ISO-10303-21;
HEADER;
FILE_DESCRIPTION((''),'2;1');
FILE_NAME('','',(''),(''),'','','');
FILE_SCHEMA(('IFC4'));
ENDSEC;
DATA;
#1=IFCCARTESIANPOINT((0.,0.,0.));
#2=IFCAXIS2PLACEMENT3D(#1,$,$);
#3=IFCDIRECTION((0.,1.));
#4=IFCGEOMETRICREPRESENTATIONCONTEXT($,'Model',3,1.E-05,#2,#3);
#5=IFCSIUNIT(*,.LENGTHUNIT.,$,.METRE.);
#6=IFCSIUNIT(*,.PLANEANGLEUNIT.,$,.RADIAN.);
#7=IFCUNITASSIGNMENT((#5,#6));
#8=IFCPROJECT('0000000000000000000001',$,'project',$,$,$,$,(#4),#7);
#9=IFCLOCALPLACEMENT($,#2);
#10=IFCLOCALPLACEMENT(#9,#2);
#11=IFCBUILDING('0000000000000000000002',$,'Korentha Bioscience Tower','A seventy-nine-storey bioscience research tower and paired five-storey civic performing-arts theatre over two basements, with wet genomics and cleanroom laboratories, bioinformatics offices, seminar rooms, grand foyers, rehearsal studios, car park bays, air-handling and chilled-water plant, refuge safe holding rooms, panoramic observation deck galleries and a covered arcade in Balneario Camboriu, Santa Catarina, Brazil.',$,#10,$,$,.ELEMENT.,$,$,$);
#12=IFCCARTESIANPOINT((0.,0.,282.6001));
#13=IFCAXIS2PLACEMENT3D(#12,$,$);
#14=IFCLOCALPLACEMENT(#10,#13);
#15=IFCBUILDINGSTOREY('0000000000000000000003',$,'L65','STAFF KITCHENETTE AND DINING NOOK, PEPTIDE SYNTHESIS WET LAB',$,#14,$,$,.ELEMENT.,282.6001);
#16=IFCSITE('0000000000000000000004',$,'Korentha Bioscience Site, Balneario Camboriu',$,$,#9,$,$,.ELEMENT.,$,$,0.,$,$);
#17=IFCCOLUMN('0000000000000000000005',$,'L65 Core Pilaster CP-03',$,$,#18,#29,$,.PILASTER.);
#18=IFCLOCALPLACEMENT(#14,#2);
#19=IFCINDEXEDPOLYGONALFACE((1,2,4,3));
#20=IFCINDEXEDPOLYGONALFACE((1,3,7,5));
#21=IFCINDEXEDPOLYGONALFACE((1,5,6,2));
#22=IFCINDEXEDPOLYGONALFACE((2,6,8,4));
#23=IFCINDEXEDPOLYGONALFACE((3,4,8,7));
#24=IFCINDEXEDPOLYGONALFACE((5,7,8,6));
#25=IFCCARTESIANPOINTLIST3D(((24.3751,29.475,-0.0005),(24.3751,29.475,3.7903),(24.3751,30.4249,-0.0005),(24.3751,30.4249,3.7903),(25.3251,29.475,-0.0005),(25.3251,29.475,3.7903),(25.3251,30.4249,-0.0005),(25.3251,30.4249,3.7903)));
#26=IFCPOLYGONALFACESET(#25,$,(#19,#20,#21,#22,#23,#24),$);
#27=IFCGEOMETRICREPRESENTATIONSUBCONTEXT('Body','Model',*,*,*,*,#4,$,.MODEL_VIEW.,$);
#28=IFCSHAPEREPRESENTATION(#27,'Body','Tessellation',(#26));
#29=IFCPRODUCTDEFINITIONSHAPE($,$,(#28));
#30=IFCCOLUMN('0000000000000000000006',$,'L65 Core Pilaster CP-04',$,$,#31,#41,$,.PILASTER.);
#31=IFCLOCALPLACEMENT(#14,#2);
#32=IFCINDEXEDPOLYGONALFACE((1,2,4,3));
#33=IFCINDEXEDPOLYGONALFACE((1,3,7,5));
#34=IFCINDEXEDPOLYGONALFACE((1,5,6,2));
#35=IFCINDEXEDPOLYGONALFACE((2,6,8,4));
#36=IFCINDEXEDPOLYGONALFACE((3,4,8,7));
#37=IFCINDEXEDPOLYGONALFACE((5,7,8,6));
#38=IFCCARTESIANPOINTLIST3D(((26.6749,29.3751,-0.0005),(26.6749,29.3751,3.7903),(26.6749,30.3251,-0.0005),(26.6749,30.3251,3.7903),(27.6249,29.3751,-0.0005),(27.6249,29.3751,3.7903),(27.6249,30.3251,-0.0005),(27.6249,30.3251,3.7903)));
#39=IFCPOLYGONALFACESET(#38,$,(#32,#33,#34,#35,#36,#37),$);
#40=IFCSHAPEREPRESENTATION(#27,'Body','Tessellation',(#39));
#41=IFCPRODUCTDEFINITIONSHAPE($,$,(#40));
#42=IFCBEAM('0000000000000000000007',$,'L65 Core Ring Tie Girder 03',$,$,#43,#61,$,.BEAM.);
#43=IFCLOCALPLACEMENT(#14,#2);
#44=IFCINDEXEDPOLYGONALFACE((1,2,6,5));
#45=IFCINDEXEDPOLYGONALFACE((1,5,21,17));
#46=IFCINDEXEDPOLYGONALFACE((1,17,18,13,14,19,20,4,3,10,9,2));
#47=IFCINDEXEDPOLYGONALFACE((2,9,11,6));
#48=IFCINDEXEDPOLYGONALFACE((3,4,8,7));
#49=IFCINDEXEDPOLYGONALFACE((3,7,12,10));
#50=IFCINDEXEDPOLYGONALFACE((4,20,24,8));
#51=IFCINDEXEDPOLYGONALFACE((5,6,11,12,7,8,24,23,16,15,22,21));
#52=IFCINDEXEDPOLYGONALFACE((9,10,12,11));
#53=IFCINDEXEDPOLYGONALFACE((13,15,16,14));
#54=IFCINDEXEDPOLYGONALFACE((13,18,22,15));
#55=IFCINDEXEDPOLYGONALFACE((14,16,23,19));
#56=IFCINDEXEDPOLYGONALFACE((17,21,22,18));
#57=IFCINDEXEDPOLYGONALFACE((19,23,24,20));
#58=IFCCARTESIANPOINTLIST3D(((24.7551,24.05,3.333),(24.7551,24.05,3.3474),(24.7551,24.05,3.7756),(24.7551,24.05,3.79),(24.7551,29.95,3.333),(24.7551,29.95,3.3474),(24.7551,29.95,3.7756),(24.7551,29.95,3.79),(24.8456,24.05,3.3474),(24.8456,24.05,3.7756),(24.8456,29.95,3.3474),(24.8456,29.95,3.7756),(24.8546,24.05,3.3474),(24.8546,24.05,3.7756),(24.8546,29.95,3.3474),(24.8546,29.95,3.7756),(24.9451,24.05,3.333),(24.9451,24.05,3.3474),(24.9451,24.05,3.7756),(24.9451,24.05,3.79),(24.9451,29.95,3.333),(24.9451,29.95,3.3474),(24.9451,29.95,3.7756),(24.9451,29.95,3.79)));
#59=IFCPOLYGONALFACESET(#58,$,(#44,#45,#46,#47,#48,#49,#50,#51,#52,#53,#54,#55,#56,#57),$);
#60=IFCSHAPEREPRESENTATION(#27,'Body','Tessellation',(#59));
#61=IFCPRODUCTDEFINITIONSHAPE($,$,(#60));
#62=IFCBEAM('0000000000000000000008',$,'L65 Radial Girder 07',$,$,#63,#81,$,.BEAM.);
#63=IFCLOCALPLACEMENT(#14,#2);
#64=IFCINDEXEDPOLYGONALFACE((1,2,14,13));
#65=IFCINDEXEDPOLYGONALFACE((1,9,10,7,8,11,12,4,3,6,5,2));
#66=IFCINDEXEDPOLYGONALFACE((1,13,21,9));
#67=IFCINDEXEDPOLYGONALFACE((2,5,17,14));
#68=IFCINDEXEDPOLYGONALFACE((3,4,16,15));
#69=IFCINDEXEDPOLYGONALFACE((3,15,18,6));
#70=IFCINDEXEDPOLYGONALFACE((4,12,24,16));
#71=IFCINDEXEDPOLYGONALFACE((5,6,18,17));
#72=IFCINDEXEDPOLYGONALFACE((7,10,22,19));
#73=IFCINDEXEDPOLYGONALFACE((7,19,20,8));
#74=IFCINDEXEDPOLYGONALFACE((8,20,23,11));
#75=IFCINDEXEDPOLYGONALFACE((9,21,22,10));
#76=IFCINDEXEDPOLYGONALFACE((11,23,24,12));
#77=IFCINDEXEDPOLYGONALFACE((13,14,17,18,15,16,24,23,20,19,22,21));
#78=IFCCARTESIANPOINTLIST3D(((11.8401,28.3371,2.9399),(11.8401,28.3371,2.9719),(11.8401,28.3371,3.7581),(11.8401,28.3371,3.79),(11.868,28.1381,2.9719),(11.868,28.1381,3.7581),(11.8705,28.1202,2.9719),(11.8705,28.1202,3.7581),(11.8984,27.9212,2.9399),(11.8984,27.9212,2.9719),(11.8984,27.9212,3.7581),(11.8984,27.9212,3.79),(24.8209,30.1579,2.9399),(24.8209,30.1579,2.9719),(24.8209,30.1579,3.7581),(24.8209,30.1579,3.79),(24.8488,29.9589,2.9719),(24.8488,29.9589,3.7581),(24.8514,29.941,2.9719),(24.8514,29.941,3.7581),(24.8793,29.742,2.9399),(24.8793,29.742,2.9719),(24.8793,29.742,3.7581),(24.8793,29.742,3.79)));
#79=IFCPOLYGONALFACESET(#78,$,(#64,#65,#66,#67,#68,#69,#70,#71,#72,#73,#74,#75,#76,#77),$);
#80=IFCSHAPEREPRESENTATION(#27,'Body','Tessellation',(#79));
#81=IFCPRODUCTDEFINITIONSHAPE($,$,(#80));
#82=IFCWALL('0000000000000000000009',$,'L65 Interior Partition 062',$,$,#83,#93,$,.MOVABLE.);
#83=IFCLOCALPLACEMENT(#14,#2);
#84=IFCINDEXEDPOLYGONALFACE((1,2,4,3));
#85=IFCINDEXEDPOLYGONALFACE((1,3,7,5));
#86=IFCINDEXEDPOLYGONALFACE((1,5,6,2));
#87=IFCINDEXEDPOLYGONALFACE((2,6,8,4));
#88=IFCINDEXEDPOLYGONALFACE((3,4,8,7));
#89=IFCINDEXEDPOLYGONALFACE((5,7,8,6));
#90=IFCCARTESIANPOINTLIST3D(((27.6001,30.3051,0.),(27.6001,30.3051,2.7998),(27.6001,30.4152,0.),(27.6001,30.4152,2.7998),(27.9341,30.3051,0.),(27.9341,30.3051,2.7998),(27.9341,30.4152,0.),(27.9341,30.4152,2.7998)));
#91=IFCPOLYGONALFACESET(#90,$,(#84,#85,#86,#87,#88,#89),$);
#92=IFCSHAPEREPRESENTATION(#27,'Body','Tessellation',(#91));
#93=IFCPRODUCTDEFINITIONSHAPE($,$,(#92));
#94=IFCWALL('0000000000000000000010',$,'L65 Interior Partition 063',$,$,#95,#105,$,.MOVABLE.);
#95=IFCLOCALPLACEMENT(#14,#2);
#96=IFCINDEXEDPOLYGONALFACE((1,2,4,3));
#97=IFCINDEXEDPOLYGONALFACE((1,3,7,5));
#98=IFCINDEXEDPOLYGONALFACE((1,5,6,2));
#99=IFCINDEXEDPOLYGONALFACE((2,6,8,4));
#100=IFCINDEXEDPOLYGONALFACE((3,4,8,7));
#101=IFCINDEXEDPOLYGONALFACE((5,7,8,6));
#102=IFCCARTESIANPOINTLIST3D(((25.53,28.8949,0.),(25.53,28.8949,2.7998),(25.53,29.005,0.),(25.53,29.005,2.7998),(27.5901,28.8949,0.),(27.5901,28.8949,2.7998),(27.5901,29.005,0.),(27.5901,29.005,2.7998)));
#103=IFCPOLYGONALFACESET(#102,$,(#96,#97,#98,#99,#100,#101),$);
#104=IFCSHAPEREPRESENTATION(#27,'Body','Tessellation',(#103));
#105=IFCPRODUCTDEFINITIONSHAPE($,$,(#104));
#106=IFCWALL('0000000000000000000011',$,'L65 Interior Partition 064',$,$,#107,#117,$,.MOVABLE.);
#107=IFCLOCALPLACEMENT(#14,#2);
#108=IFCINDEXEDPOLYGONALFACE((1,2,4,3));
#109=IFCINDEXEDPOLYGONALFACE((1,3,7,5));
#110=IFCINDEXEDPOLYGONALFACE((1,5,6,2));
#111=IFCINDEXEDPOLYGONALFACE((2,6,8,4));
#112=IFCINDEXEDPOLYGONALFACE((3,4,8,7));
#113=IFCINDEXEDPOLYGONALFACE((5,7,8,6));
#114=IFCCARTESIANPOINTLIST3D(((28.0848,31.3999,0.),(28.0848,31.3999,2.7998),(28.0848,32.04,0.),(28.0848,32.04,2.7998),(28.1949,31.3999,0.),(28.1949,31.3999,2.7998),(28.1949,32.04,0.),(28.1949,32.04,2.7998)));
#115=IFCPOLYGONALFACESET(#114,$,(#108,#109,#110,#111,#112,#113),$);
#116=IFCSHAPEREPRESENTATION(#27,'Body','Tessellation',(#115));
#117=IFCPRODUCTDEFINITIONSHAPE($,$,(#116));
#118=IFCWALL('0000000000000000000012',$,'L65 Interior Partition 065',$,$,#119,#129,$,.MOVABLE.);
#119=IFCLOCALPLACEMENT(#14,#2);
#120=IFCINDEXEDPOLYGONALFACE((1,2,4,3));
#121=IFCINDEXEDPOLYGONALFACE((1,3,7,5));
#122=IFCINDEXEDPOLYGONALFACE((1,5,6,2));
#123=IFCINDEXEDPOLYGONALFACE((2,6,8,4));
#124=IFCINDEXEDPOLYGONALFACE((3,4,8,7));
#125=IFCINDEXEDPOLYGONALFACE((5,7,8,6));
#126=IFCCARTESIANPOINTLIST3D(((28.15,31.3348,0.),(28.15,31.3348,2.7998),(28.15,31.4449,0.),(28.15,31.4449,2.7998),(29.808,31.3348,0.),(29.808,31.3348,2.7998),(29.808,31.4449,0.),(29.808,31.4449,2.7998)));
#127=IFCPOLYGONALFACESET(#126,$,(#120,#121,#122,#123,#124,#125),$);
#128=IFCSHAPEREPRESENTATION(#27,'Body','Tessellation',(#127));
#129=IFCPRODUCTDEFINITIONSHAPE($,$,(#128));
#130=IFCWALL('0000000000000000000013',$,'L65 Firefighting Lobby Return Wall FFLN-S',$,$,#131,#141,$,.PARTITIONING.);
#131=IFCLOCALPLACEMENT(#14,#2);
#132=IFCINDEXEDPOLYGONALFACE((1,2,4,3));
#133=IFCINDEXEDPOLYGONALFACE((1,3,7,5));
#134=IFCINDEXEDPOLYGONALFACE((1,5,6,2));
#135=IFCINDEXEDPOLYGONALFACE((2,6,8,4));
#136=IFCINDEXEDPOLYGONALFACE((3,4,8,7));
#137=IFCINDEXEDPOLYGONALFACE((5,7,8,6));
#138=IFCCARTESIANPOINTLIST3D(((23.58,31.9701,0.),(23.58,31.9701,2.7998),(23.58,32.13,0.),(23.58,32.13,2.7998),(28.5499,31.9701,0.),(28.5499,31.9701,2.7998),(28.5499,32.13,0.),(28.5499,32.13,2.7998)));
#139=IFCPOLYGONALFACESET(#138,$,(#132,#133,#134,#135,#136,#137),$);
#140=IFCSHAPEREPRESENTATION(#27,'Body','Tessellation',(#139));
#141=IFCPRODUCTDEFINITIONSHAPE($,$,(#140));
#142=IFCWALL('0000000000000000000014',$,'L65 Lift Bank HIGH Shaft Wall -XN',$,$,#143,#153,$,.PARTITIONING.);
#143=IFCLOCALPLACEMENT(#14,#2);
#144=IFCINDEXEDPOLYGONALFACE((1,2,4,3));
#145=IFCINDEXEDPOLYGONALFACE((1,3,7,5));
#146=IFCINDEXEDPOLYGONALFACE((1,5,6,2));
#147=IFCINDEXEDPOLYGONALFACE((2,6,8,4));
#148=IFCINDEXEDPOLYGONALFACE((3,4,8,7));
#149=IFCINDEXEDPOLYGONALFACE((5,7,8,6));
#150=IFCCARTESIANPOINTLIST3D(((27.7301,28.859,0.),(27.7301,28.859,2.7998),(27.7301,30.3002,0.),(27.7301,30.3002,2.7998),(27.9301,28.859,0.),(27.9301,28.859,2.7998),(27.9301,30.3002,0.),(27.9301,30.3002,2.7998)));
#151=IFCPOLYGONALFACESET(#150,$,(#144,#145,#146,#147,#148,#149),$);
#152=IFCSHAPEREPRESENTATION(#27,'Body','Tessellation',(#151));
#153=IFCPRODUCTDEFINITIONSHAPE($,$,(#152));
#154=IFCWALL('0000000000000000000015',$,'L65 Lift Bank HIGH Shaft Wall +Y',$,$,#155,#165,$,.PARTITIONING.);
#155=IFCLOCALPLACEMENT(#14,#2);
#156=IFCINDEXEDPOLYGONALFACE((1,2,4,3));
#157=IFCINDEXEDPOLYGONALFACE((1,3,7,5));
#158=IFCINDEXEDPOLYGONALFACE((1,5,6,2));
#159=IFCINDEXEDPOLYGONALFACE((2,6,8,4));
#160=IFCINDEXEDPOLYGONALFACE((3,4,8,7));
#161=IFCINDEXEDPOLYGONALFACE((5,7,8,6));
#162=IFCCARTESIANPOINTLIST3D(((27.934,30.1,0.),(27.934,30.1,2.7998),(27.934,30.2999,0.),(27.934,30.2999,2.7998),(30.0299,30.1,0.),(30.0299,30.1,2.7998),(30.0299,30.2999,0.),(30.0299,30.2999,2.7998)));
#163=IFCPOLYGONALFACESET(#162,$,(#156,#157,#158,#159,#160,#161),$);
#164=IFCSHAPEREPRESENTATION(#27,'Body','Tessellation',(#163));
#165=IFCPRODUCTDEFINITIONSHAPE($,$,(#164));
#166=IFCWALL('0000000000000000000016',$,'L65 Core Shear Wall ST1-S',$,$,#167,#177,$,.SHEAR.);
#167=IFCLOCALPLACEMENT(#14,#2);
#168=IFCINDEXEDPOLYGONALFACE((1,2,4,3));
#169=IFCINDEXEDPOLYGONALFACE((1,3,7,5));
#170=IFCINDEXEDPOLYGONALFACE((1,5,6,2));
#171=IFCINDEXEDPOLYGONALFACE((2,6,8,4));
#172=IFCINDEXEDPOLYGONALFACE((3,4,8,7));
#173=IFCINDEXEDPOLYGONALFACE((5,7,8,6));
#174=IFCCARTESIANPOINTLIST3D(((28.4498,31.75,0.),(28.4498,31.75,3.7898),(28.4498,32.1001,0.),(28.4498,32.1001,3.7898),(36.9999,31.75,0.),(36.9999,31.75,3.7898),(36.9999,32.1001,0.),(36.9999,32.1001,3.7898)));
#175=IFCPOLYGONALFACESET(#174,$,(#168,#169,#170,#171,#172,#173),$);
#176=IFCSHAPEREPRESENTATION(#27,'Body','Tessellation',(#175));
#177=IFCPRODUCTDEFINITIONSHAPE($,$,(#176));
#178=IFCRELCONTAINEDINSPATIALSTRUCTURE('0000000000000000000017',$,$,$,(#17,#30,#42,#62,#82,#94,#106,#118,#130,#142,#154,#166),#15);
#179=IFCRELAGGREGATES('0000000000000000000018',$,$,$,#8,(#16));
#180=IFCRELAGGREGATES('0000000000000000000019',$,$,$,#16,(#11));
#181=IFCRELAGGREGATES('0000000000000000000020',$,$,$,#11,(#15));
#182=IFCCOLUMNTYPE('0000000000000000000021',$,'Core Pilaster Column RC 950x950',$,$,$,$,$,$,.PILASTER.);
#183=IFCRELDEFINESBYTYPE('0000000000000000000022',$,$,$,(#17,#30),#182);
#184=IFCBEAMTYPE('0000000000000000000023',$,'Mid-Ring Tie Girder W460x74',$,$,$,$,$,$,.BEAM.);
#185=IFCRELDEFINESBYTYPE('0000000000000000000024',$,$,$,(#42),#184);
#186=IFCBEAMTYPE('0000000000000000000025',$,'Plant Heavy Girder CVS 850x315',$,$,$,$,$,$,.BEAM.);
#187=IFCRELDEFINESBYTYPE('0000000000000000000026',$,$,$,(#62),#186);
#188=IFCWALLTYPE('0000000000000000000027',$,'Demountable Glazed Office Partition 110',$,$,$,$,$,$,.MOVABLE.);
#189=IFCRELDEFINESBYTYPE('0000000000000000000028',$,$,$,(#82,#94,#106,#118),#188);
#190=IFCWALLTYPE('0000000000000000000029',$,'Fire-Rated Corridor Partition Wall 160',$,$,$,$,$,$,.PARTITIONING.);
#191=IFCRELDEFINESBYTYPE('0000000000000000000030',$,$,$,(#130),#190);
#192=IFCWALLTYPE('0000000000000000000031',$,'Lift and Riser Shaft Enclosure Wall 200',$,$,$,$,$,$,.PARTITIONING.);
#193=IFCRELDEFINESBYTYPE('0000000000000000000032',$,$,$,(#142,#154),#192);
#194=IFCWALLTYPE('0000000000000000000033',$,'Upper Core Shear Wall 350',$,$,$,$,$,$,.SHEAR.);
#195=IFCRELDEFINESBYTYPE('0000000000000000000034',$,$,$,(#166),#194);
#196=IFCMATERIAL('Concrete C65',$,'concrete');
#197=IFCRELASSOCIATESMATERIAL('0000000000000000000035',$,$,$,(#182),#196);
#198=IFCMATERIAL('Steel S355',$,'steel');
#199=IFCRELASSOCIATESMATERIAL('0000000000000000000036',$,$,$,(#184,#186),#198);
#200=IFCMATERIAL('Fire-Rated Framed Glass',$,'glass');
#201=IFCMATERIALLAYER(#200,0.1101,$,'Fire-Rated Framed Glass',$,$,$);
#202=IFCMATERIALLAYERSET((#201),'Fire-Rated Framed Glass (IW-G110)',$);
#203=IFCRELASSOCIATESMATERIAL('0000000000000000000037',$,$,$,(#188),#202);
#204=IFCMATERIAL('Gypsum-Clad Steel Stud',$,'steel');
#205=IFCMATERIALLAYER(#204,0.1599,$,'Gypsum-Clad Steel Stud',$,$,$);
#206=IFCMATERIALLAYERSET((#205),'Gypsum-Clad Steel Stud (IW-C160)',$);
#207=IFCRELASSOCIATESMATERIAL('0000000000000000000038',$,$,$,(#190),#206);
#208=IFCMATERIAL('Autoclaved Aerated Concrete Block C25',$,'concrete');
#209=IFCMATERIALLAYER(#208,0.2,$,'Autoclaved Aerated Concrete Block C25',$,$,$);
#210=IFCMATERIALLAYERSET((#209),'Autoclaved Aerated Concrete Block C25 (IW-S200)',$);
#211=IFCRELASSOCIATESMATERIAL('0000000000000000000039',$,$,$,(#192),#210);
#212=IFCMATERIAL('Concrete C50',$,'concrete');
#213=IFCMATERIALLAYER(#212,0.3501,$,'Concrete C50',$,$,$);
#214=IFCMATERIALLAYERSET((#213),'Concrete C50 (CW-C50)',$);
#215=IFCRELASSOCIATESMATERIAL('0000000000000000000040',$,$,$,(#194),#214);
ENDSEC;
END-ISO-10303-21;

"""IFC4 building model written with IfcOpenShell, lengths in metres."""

from ifc_helpers import new_model, si_unit, direction, frame, frame_2d, origin, origin_2d, place, context, subcontext, project, spatial, rectangle, i_section, extrude, material, layer, layer_set, material_profile, profile_set, type_object, element, save


model = new_model("IFC4")

# Units and contexts
model_context = context("Model", 3, precision=1e-05, world=origin(), true_north=direction((0.0, 1.0)))
body_context = subcontext(model_context, "Body", "Model", "MODEL_VIEW")
ifc_project = project(units=[si_unit("LENGTHUNIT", "METRE"), si_unit("PLANEANGLEUNIT", "RADIAN")], contexts=[model_context])

# Site, building, storey
site_placement = place(None, origin())
site = spatial("IfcSite", under=ifc_project, at=site_placement, Name="Korentha Bioscience Site, Balneario Camboriu", CompositionType="ELEMENT", RefElevation=0.0)
building_placement = place(site_placement, origin())
building = spatial("IfcBuilding", under=site, at=building_placement, Name="Korentha Bioscience Tower", Description="A seventy-nine-storey bioscience research tower and paired five-storey civic performing-arts theatre over two basements, with wet genomics and cleanroom laboratories, bioinformatics offices, seminar rooms, grand foyers, rehearsal studios, car park bays, air-handling and chilled-water plant, refuge safe holding rooms, panoramic observation deck galleries and a covered arcade in Balneario Camboriu, Santa Catarina, Brazil.", CompositionType="ELEMENT")
storey_placement = place(building_placement, frame((0.0, 0.0, 282.6001)))
storey = spatial("IfcBuildingStorey", under=building, at=storey_placement, Name="L65", Description="STAFF KITCHENETTE AND DINING NOOK, PEPTIDE SYNTHESIS WET LAB", CompositionType="ELEMENT", Elevation=282.6001)

# Columns
ifc_material_1 = material(Name="Concrete C65", Category="concrete")
ifc_material_profile_1 = material_profile(ifc_material_1, rectangle(XDim=0.95, YDim=0.95, at=origin_2d()), Name="Concrete C65")
ifc_profile_set_1 = profile_set([ifc_material_profile_1], Name="Concrete C65 (COL-CP09)")
column_type = type_object("IfcColumnType", Name="Core Pilaster Column RC 950x950", PredefinedType="PILASTER", material=ifc_profile_set_1)
for number, where, z_axis, x_axis, name in (
    (1, (24.8501, 29.95, -0.0005), (0.0, 0.0, 1.0), (1.0, 0.0, 0.0), "L65 Core Pilaster CP-03"),
    (2, (27.1499, 29.8501, -0.0005), (0.0, 0.0, 1.0), (1.0, 0.0, 0.0), "L65 Core Pilaster CP-04"),
):
    element("IfcColumn", number, at=place(storey_placement, frame(where, z_axis=z_axis, x_axis=x_axis)), inside=storey, type_object=column_type, Name=name, PredefinedType="PILASTER", context=body_context, shape_type="SweptSolid", body=[
        extrude(rectangle(XDim=0.95, YDim=0.95, at=origin_2d()), origin(), (0.0, 0.0, 1.0), 3.7908),
    ])

# Beams
ifc_material_2 = material(Name="Steel S355", Category="steel")
ifc_material_profile_2 = material_profile(ifc_material_2, i_section(OverallWidth=0.1899, OverallDepth=0.457, WebThickness=0.009, FlangeThickness=0.0144, at=origin_2d()), Name="Steel S355")
ifc_profile_set_2 = profile_set([ifc_material_profile_2], Name="Steel S355 (MB-460)")
beam_type_1 = type_object("IfcBeamType", Name="Mid-Ring Tie Girder W460x74", PredefinedType="BEAM", material=ifc_profile_set_2)
beam_1_placement = place(storey_placement, frame((24.8501, 29.95, 3.5615), z_axis=(0.0, -1.0, 0.0), x_axis=(1.0, 0.0, 0.0)))
element("IfcBeam", 3, at=beam_1_placement, inside=storey, type_object=beam_type_1, Name="L65 Core Ring Tie Girder 03", PredefinedType="BEAM", context=body_context, shape_type="SweptSolid", body=[
    extrude(i_section(OverallWidth=0.1899, OverallDepth=0.457, WebThickness=0.009, FlangeThickness=0.0144, at=origin_2d()), origin(), (0.0, 0.0, 1.0), 5.8999),
])
ifc_material_profile_3 = material_profile(ifc_material_2, i_section(OverallWidth=0.4199, OverallDepth=0.8501, WebThickness=0.0181, FlangeThickness=0.032, at=origin_2d()), Name="Steel S355")
ifc_profile_set_3 = profile_set([ifc_material_profile_3], Name="Steel S355 (MB-850)")
beam_type_2 = type_object("IfcBeamType", Name="Plant Heavy Girder CVS 850x315", PredefinedType="BEAM", material=ifc_profile_set_3)
beam_2_placement = place(storey_placement, frame((24.8501, 29.95, 3.365), z_axis=(-0.990305, -0.13891, 0.0), x_axis=(0.13891, -0.990305, 0.0)))
element("IfcBeam", 4, at=beam_2_placement, inside=storey, type_object=beam_type_2, Name="L65 Radial Girder 07", PredefinedType="BEAM", context=body_context, shape_type="SweptSolid", body=[
    extrude(i_section(OverallWidth=0.4199, OverallDepth=0.8501, WebThickness=0.0181, FlangeThickness=0.032, at=origin_2d()), origin(), (0.0, 0.0, 1.0), 13.1079),
])

# Shared definitions
ifc_material_3 = material(Name="Fire-Rated Framed Glass", Category="glass")
ifc_layer_1 = layer(ifc_material_3, 0.1101, Name="Fire-Rated Framed Glass")
ifc_layer_set_1 = layer_set([ifc_layer_1], Name="Fire-Rated Framed Glass (IW-G110)")
wall_type_1 = type_object("IfcWallType", Name="Demountable Glazed Office Partition 110", PredefinedType="MOVABLE", material=ifc_layer_set_1)

# Walls
wall_1_placement = place(storey_placement, frame((27.9341, 30.3601, 0.0), z_axis=(0.0, 0.0, 1.0), x_axis=(-1.0, 0.0, 0.0)))
element("IfcWall", 5, at=wall_1_placement, inside=storey, type_object=wall_type_1, Name="L65 Interior Partition 062", PredefinedType="MOVABLE", context=body_context, shape_type="SweptSolid", body=[
    extrude(rectangle(XDim=0.334, YDim=0.1101, at=frame_2d((0.167, 0.0))), origin(), (0.0, 0.0, 1.0), 2.7998),
])
wall_2_placement = place(storey_placement, frame((27.5901, 28.95, 0.0), z_axis=(0.0, 0.0, 1.0), x_axis=(-1.0, 0.0, 0.0)))
element("IfcWall", 6, at=wall_2_placement, inside=storey, type_object=wall_type_1, Name="L65 Interior Partition 063", PredefinedType="MOVABLE", context=body_context, shape_type="SweptSolid", body=[
    extrude(rectangle(XDim=2.0601, YDim=0.1101, at=frame_2d((1.03, 0.0))), origin(), (0.0, 0.0, 1.0), 2.7998),
])
wall_3_placement = place(storey_placement, frame((28.1399, 32.04, 0.0), z_axis=(0.0, 0.0, 1.0), x_axis=(0.0, -1.0, 0.0)))
element("IfcWall", 7, at=wall_3_placement, inside=storey, type_object=wall_type_1, Name="L65 Interior Partition 064", PredefinedType="MOVABLE", context=body_context, shape_type="SweptSolid", body=[
    extrude(rectangle(XDim=0.6401, YDim=0.1101, at=frame_2d((0.3201, 0.0))), origin(), (0.0, 0.0, 1.0), 2.7998),
])
wall_4_placement = place(storey_placement, frame((28.1499, 31.3899, 0.0), z_axis=(0.0, 0.0, 1.0), x_axis=(1.0, 0.0, 0.0)))
element("IfcWall", 8, at=wall_4_placement, inside=storey, type_object=wall_type_1, Name="L65 Interior Partition 065", PredefinedType="MOVABLE", context=body_context, shape_type="SweptSolid", body=[
    extrude(rectangle(XDim=1.658, YDim=0.1101, at=frame_2d((0.8291, 0.0))), origin(), (0.0, 0.0, 1.0), 2.7998),
])

# Shared definitions
ifc_material_4 = material(Name="Gypsum-Clad Steel Stud", Category="steel")
ifc_layer_2 = layer(ifc_material_4, 0.1599, Name="Gypsum-Clad Steel Stud")
ifc_layer_set_2 = layer_set([ifc_layer_2], Name="Gypsum-Clad Steel Stud (IW-C160)")
wall_type_2 = type_object("IfcWallType", Name="Fire-Rated Corridor Partition Wall 160", PredefinedType="PARTITIONING", material=ifc_layer_set_2)

# Walls
wall_5_placement = place(storey_placement, frame((23.5801, 32.05, 0.0), z_axis=(0.0, 0.0, 1.0), x_axis=(1.0, 0.0, 0.0)))
element("IfcWall", 9, at=wall_5_placement, inside=storey, type_object=wall_type_2, Name="L65 Firefighting Lobby Return Wall FFLN-S", PredefinedType="PARTITIONING", context=body_context, shape_type="SweptSolid", body=[
    extrude(rectangle(XDim=4.97, YDim=0.1599, at=frame_2d((2.4849, 0.0))), origin(), (0.0, 0.0, 1.0), 2.7998),
])
ifc_material_5 = material(Name="Autoclaved Aerated Concrete Block C25", Category="concrete")
ifc_layer_3 = layer(ifc_material_5, 0.2, Name="Autoclaved Aerated Concrete Block C25")
ifc_layer_set_3 = layer_set([ifc_layer_3], Name="Autoclaved Aerated Concrete Block C25 (IW-S200)")
wall_type_3 = type_object("IfcWallType", Name="Lift and Riser Shaft Enclosure Wall 200", PredefinedType="PARTITIONING", material=ifc_layer_set_3)
wall_6_placement = place(storey_placement, frame((27.8301, 28.8589, 0.0), z_axis=(0.0, 0.0, 1.0), x_axis=(0.0, 1.0, 0.0)))
element("IfcWall", 10, at=wall_6_placement, inside=storey, type_object=wall_type_3, Name="L65 Lift Bank HIGH Shaft Wall -XN", PredefinedType="PARTITIONING", context=body_context, shape_type="SweptSolid", body=[
    extrude(rectangle(XDim=1.4412, YDim=0.2, at=frame_2d((0.7207, 0.0))), origin(), (0.0, 0.0, 1.0), 2.7998),
])
wall_7_placement = place(storey_placement, frame((27.9341, 30.2, 0.0), z_axis=(0.0, 0.0, 1.0), x_axis=(1.0, 0.0, 0.0)))
element("IfcWall", 11, at=wall_7_placement, inside=storey, type_object=wall_type_3, Name="L65 Lift Bank HIGH Shaft Wall +Y", PredefinedType="PARTITIONING", context=body_context, shape_type="SweptSolid", body=[
    extrude(rectangle(XDim=2.0959, YDim=0.2, at=frame_2d((1.0479, 0.0))), origin(), (0.0, 0.0, 1.0), 2.7998),
])
ifc_material_6 = material(Name="Concrete C50", Category="concrete")
ifc_layer_4 = layer(ifc_material_6, 0.3501, Name="Concrete C50")
ifc_layer_set_4 = layer_set([ifc_layer_4], Name="Concrete C50 (CW-C50)")
wall_type_4 = type_object("IfcWallType", Name="Upper Core Shear Wall 350", PredefinedType="SHEAR", material=ifc_layer_set_4)
wall_8_placement = place(storey_placement, frame((28.45, 31.925, 0.0), z_axis=(0.0, 0.0, 1.0), x_axis=(1.0, 0.0, 0.0)))
element("IfcWall", 12, at=wall_8_placement, inside=storey, type_object=wall_type_4, Name="L65 Core Shear Wall ST1-S", PredefinedType="SHEAR", context=body_context, shape_type="SweptSolid", body=[
    extrude(rectangle(XDim=8.55, YDim=0.3501, at=frame_2d((4.2749, 0.0))), origin(), (0.0, 0.0, 1.0), 3.7898),
])

save(model, "model.ifc")
